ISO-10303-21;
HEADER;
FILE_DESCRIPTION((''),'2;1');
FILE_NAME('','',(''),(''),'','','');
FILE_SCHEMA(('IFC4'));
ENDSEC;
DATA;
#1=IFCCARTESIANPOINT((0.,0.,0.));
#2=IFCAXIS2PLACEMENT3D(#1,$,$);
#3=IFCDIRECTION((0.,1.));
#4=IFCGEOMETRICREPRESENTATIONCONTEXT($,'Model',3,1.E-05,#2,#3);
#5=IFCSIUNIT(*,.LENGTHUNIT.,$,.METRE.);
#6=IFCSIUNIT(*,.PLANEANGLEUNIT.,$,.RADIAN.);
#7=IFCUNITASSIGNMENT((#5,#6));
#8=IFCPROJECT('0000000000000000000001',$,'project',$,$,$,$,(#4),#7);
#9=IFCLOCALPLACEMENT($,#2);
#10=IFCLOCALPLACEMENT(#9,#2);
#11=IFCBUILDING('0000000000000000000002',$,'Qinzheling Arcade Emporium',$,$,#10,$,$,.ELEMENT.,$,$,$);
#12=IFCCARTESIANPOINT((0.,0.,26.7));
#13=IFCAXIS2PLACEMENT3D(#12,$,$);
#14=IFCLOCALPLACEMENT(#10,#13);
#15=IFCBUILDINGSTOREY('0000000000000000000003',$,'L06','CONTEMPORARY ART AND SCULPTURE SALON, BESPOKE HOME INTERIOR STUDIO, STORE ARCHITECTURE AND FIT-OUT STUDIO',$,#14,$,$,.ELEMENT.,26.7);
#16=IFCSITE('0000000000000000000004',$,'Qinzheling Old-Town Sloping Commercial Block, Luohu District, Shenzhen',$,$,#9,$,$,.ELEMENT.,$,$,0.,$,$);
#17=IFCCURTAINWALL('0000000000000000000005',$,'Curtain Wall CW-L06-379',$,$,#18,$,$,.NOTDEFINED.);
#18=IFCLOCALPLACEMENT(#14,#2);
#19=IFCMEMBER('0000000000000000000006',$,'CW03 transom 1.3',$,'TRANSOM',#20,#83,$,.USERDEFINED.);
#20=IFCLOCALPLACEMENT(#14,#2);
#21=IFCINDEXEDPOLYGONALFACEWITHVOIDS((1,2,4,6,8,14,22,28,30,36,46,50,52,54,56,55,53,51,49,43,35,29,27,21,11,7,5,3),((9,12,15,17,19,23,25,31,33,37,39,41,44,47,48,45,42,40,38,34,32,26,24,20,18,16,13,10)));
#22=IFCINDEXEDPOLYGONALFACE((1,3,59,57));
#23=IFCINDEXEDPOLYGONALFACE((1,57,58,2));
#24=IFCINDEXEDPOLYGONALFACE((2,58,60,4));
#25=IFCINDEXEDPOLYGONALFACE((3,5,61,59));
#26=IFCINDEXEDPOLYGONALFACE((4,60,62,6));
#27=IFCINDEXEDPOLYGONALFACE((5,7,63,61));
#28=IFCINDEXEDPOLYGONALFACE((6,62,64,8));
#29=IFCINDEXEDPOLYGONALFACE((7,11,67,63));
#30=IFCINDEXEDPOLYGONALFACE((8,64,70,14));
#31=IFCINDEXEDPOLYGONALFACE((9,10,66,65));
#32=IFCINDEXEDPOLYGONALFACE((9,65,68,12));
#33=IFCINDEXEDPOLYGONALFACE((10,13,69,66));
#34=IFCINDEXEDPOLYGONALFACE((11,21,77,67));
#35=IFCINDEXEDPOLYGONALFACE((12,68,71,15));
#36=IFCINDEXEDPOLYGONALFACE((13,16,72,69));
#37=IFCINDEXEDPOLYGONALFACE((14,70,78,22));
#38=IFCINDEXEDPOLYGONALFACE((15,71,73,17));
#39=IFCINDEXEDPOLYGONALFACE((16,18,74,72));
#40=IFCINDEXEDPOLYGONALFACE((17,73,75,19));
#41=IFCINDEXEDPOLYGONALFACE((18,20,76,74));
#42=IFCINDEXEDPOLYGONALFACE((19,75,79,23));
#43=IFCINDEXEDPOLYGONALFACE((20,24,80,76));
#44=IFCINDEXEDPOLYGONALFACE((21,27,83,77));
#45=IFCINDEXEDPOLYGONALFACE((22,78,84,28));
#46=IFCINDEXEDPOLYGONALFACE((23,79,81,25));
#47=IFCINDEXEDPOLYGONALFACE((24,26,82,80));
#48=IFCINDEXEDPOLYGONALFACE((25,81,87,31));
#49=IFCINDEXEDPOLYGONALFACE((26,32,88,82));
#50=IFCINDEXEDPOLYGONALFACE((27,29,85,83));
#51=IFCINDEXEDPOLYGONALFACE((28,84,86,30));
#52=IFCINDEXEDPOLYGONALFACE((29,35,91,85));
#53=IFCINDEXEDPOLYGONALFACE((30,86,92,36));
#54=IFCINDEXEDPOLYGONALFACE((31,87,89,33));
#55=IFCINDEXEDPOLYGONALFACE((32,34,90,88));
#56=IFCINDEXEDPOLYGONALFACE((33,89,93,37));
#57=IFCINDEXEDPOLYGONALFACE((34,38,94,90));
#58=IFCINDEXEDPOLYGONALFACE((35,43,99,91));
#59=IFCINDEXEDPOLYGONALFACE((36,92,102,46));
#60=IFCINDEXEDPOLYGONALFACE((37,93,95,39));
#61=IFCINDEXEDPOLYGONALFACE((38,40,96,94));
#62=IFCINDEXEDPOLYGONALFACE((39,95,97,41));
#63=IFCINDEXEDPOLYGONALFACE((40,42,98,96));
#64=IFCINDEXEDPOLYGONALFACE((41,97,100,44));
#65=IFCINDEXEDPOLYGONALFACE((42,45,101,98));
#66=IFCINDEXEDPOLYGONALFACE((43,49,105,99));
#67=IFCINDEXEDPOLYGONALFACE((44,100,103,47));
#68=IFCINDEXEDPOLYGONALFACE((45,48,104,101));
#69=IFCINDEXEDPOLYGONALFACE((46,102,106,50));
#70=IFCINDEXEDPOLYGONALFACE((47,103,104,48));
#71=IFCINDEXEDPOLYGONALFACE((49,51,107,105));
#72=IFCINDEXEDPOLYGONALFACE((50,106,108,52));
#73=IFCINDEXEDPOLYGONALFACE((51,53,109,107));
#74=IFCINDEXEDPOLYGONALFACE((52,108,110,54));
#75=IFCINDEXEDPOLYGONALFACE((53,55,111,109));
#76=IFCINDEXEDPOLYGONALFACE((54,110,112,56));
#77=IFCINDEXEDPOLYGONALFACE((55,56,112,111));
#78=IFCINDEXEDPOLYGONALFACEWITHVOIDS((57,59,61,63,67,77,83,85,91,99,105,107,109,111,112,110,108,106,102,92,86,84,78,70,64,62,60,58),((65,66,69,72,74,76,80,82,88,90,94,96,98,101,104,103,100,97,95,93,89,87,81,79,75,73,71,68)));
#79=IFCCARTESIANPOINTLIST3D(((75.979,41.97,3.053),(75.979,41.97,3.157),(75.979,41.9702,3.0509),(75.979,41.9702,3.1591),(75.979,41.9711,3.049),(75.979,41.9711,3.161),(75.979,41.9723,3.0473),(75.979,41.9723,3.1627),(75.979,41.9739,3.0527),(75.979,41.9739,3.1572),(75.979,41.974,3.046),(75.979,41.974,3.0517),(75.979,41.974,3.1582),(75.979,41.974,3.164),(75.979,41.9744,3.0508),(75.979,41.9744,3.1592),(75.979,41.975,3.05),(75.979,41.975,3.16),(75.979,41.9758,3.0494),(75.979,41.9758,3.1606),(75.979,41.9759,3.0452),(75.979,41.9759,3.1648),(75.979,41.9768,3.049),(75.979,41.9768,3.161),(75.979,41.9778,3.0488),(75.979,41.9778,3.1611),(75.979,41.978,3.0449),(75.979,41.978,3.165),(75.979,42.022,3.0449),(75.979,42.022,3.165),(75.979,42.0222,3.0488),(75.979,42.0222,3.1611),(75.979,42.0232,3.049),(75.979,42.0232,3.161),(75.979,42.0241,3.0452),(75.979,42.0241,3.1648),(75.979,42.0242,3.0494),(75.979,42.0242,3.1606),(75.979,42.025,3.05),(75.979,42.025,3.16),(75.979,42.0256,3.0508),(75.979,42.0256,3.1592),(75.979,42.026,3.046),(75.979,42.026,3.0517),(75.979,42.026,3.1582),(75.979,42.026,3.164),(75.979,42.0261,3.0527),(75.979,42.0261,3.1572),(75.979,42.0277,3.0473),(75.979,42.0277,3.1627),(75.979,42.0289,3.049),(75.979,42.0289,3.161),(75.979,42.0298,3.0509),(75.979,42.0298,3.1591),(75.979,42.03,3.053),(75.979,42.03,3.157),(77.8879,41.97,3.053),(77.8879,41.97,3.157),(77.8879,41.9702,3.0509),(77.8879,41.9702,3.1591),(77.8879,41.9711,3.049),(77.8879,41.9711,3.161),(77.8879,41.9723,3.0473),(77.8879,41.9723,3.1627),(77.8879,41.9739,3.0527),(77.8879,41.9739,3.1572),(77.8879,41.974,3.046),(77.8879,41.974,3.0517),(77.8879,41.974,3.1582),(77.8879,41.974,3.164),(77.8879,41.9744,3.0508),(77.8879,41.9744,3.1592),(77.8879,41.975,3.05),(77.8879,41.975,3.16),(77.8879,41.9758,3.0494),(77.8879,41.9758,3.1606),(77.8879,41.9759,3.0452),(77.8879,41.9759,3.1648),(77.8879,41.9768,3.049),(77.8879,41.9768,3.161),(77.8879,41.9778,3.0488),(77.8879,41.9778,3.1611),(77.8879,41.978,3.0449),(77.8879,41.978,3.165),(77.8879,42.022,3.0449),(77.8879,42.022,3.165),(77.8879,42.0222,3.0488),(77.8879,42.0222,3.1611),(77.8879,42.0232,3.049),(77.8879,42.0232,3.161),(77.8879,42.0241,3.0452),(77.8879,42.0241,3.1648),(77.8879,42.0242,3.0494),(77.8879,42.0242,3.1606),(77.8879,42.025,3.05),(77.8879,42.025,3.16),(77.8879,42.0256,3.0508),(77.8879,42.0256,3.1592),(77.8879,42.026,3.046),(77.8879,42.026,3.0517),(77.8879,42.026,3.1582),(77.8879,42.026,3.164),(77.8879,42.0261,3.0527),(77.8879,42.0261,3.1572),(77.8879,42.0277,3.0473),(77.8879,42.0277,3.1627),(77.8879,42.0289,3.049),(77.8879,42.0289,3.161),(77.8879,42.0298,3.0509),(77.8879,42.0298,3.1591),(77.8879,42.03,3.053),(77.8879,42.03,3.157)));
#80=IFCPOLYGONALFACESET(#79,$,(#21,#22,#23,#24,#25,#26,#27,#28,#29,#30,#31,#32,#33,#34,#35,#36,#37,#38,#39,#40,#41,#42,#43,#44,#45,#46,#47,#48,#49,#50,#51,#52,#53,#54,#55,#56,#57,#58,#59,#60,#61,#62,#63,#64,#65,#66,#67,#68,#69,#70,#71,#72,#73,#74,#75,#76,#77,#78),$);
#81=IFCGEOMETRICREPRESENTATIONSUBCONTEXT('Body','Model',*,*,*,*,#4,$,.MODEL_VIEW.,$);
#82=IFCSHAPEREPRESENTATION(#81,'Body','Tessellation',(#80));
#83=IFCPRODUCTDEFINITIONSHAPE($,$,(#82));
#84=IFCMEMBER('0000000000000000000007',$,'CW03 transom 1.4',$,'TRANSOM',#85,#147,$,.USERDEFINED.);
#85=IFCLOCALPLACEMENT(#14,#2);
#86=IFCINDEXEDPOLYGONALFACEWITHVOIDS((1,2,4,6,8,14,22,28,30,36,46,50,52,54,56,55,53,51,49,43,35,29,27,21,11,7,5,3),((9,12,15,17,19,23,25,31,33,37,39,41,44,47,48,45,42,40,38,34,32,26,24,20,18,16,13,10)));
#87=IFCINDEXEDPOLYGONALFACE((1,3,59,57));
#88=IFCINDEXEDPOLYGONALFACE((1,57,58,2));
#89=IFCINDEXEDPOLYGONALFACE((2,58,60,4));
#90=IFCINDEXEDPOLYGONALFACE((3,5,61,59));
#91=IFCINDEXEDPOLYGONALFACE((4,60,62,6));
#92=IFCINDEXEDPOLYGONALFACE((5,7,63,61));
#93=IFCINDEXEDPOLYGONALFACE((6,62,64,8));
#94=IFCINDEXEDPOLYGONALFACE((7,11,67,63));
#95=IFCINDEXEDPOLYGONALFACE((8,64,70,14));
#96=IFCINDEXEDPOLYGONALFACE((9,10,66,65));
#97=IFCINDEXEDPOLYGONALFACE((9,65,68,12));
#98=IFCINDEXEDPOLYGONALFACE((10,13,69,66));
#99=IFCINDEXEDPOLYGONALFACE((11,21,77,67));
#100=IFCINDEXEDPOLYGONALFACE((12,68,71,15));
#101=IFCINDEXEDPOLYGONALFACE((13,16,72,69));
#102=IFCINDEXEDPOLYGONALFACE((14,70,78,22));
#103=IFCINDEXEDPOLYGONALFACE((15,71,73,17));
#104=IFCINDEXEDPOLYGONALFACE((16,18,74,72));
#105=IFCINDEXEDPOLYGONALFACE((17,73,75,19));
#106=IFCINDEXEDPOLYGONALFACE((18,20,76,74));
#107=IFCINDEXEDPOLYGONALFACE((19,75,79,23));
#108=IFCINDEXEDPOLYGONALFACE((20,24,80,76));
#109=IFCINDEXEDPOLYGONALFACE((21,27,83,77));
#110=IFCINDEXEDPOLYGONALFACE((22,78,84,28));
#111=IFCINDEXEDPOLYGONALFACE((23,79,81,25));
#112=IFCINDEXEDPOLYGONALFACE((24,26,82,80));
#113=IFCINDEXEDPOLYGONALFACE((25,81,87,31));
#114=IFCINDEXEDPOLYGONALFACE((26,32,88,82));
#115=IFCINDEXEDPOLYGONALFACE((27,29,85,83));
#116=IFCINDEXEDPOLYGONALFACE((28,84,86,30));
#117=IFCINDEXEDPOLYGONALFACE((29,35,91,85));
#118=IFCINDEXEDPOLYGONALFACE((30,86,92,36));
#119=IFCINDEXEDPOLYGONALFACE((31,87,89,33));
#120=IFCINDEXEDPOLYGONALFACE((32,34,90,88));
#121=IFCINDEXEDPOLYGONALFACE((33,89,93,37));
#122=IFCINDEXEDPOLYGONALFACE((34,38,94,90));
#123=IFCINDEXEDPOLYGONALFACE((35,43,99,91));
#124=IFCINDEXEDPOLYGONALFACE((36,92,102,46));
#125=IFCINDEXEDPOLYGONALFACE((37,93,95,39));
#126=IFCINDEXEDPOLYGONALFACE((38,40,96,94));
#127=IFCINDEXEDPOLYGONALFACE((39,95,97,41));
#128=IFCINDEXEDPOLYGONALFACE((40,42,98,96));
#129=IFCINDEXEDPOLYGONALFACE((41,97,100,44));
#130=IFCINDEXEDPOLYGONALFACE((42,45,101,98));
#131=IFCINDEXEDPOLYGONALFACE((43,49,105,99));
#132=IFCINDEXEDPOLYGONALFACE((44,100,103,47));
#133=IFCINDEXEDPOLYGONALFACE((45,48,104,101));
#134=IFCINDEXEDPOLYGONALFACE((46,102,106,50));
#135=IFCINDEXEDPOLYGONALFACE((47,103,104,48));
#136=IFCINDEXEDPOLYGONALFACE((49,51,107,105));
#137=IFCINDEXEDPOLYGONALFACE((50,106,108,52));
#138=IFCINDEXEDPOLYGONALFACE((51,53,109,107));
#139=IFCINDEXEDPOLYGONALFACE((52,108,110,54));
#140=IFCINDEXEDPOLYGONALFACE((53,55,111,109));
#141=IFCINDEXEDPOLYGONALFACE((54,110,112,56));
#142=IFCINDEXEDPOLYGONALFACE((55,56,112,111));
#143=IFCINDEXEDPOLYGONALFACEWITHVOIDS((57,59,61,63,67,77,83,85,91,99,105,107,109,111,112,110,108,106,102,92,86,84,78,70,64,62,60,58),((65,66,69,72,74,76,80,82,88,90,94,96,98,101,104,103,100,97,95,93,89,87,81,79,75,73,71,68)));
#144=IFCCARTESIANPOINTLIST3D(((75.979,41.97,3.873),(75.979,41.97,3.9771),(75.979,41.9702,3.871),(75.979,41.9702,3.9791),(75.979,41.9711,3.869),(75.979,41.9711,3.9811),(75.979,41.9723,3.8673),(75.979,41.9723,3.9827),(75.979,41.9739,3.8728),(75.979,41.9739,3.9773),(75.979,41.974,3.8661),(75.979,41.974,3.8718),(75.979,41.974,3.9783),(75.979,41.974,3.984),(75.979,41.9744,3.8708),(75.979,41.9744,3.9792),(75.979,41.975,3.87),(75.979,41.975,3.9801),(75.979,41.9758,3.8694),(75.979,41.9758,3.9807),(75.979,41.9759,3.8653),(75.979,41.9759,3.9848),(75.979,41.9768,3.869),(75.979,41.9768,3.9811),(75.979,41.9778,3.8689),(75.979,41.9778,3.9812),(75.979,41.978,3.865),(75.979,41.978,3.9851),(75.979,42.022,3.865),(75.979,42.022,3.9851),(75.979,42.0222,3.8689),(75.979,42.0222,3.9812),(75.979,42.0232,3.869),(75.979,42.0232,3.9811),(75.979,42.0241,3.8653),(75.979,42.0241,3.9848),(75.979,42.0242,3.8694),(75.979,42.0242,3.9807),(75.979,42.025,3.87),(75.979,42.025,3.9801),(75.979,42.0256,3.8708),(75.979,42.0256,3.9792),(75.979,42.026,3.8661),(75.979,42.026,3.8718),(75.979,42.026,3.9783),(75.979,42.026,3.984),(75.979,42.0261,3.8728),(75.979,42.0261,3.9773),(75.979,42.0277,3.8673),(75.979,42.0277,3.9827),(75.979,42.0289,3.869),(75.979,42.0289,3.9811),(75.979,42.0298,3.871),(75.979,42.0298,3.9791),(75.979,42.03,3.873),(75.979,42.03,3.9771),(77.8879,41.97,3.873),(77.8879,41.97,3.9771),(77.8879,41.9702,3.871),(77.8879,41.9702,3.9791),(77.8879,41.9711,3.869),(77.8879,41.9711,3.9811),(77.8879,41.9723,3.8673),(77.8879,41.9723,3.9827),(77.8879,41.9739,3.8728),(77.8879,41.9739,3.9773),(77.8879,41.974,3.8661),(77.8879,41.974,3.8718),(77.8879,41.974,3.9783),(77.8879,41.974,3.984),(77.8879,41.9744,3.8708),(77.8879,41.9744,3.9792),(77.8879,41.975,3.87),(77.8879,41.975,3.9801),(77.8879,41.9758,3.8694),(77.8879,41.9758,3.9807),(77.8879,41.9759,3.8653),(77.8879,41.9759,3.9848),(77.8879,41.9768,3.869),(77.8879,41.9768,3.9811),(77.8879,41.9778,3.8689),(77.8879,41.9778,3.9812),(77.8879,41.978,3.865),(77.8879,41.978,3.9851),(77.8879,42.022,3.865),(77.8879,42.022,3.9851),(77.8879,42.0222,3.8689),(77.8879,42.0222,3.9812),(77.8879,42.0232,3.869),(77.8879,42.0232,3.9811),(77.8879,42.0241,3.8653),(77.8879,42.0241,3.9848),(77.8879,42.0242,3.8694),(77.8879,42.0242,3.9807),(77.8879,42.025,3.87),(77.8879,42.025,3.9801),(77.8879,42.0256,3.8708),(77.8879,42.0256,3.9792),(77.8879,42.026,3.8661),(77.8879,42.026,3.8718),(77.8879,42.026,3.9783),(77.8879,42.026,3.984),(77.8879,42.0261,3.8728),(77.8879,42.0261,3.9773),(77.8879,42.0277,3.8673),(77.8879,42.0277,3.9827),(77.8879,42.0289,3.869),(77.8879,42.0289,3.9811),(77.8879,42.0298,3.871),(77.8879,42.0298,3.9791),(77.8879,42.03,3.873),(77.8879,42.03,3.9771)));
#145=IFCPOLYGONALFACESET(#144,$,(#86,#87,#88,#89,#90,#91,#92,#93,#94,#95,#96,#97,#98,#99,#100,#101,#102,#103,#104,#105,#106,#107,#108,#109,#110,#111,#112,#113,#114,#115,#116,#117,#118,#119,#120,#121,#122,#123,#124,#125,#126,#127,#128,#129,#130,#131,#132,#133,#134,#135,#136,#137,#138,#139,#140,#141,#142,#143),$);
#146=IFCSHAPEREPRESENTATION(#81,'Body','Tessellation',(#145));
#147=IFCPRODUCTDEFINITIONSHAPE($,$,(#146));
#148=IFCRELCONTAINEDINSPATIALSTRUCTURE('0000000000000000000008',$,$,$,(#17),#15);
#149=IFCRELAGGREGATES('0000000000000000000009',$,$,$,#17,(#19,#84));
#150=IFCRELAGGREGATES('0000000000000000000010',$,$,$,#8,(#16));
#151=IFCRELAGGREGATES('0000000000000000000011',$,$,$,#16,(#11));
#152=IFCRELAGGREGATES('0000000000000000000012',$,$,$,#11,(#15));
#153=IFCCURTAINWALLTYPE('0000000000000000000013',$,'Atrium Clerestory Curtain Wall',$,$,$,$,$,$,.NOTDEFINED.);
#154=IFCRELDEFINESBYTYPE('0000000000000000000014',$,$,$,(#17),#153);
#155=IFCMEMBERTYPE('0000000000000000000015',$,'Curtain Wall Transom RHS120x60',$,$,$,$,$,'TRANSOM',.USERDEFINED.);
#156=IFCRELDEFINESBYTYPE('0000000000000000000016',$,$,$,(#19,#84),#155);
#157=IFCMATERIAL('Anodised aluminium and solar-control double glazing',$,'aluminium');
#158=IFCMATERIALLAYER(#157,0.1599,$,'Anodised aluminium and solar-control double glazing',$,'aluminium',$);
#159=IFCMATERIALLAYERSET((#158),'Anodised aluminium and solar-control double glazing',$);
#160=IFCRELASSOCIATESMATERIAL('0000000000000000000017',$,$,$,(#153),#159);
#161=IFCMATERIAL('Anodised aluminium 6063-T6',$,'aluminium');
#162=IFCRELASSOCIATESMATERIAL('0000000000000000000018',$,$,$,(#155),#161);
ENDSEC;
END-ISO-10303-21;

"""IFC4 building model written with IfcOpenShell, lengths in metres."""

from ifc_helpers import new_model, si_unit, direction, frame, origin, origin_2d, place, context, subcontext, project, spatial, hollow_rectangle, extrude, material, layer, layer_set, material_profile, profile_set, type_object, element, aggregate, save


model = new_model("IFC4")

# Units and contexts
model_context = context("Model", 3, precision=1e-05, world=origin(), true_north=direction((0.0, 1.0)))
body_context = subcontext(model_context, "Body", "Model", "MODEL_VIEW")
ifc_project = project(units=[si_unit("LENGTHUNIT", "METRE"), si_unit("PLANEANGLEUNIT", "RADIAN")], contexts=[model_context])

# Site, building, storey
site_placement = place(None, origin())
site = spatial("IfcSite", under=ifc_project, at=site_placement, Name="Qinzheling Old-Town Sloping Commercial Block, Luohu District, Shenzhen", CompositionType="ELEMENT", RefElevation=0.0)
building_placement = place(site_placement, origin())
building = spatial("IfcBuilding", under=site, at=building_placement, Name="Qinzheling Arcade Emporium", CompositionType="ELEMENT")
storey_placement = place(building_placement, frame((0.0, 0.0, 26.7)))
storey = spatial("IfcBuildingStorey", under=building, at=storey_placement, Name="L06", Description="CONTEMPORARY ART AND SCULPTURE SALON, BESPOKE HOME INTERIOR STUDIO, STORE ARCHITECTURE AND FIT-OUT STUDIO", CompositionType="ELEMENT", Elevation=26.7)

# Curtain wall
ifc_material_1 = material(Name="Anodised aluminium and solar-control double glazing", Category="aluminium")
ifc_layer_1 = layer(ifc_material_1, 0.1599, Name="Anodised aluminium and solar-control double glazing", Category="aluminium")
ifc_layer_set_1 = layer_set([ifc_layer_1], Name="Anodised aluminium and solar-control double glazing")
curtain_wall_type = type_object("IfcCurtainWallType", Name="Atrium Clerestory Curtain Wall", PredefinedType="NOTDEFINED", material=ifc_layer_set_1)
ifc_material_2 = material(Name="Anodised aluminium 6063-T6", Category="aluminium")
curtain_wall_1_placement = place(storey_placement, origin())
curtain_wall_1 = element("IfcCurtainWall", 1, at=curtain_wall_1_placement, inside=storey, type_object=curtain_wall_type, Name="Curtain Wall CW-L06-379", PredefinedType="NOTDEFINED")

# Members
ifc_material_profile_1 = material_profile(ifc_material_2, hollow_rectangle(XDim=0.0601, YDim=0.1201, WallThickness=0.0039, InnerFilletRadius=0.0039, OuterFilletRadius=0.0081, at=origin_2d()), Name="RHS 120x60x4", Category="aluminium")
ifc_profile_set_1 = profile_set([ifc_material_profile_1], Name="Anodised aluminium 6063-T6")
member_type_1 = type_object("IfcMemberType", Name="Curtain Wall Transom RHS120x60", ElementType="TRANSOM", PredefinedType="USERDEFINED", material=ifc_profile_set_1)
member_1_placement = place(storey_placement, frame((77.8879, 42.0, 3.105), z_axis=(-1.0, 0.0, 0.0), x_axis=(0.0, -1.0, 0.0)))
member_1 = element("IfcMember", 2, at=member_1_placement, type_object=member_type_1, Name="CW03 transom 1.3", ObjectType="TRANSOM", PredefinedType="USERDEFINED", context=body_context, shape_type="SweptSolid", body=[
    extrude(hollow_rectangle(XDim=0.0601, YDim=0.1201, WallThickness=0.0039, InnerFilletRadius=0.0039, OuterFilletRadius=0.0081, at=origin_2d()), origin(), (0.0, 0.0, 1.0), 1.9089),
])
member_2_placement = place(storey_placement, frame((77.8879, 42.0, 3.925), z_axis=(-1.0, 0.0, 0.0), x_axis=(0.0, -1.0, 0.0)))
member_2 = element("IfcMember", 3, at=member_2_placement, type_object=member_type_1, Name="CW03 transom 1.4", ObjectType="TRANSOM", PredefinedType="USERDEFINED", context=body_context, shape_type="SweptSolid", body=[
    extrude(hollow_rectangle(XDim=0.0601, YDim=0.1201, WallThickness=0.0039, InnerFilletRadius=0.0039, OuterFilletRadius=0.0081, at=origin_2d()), origin(), (0.0, 0.0, 1.0), 1.9089),
])

aggregate(curtain_wall_1, [member_1, member_2])

save(model, "model.ifc")
